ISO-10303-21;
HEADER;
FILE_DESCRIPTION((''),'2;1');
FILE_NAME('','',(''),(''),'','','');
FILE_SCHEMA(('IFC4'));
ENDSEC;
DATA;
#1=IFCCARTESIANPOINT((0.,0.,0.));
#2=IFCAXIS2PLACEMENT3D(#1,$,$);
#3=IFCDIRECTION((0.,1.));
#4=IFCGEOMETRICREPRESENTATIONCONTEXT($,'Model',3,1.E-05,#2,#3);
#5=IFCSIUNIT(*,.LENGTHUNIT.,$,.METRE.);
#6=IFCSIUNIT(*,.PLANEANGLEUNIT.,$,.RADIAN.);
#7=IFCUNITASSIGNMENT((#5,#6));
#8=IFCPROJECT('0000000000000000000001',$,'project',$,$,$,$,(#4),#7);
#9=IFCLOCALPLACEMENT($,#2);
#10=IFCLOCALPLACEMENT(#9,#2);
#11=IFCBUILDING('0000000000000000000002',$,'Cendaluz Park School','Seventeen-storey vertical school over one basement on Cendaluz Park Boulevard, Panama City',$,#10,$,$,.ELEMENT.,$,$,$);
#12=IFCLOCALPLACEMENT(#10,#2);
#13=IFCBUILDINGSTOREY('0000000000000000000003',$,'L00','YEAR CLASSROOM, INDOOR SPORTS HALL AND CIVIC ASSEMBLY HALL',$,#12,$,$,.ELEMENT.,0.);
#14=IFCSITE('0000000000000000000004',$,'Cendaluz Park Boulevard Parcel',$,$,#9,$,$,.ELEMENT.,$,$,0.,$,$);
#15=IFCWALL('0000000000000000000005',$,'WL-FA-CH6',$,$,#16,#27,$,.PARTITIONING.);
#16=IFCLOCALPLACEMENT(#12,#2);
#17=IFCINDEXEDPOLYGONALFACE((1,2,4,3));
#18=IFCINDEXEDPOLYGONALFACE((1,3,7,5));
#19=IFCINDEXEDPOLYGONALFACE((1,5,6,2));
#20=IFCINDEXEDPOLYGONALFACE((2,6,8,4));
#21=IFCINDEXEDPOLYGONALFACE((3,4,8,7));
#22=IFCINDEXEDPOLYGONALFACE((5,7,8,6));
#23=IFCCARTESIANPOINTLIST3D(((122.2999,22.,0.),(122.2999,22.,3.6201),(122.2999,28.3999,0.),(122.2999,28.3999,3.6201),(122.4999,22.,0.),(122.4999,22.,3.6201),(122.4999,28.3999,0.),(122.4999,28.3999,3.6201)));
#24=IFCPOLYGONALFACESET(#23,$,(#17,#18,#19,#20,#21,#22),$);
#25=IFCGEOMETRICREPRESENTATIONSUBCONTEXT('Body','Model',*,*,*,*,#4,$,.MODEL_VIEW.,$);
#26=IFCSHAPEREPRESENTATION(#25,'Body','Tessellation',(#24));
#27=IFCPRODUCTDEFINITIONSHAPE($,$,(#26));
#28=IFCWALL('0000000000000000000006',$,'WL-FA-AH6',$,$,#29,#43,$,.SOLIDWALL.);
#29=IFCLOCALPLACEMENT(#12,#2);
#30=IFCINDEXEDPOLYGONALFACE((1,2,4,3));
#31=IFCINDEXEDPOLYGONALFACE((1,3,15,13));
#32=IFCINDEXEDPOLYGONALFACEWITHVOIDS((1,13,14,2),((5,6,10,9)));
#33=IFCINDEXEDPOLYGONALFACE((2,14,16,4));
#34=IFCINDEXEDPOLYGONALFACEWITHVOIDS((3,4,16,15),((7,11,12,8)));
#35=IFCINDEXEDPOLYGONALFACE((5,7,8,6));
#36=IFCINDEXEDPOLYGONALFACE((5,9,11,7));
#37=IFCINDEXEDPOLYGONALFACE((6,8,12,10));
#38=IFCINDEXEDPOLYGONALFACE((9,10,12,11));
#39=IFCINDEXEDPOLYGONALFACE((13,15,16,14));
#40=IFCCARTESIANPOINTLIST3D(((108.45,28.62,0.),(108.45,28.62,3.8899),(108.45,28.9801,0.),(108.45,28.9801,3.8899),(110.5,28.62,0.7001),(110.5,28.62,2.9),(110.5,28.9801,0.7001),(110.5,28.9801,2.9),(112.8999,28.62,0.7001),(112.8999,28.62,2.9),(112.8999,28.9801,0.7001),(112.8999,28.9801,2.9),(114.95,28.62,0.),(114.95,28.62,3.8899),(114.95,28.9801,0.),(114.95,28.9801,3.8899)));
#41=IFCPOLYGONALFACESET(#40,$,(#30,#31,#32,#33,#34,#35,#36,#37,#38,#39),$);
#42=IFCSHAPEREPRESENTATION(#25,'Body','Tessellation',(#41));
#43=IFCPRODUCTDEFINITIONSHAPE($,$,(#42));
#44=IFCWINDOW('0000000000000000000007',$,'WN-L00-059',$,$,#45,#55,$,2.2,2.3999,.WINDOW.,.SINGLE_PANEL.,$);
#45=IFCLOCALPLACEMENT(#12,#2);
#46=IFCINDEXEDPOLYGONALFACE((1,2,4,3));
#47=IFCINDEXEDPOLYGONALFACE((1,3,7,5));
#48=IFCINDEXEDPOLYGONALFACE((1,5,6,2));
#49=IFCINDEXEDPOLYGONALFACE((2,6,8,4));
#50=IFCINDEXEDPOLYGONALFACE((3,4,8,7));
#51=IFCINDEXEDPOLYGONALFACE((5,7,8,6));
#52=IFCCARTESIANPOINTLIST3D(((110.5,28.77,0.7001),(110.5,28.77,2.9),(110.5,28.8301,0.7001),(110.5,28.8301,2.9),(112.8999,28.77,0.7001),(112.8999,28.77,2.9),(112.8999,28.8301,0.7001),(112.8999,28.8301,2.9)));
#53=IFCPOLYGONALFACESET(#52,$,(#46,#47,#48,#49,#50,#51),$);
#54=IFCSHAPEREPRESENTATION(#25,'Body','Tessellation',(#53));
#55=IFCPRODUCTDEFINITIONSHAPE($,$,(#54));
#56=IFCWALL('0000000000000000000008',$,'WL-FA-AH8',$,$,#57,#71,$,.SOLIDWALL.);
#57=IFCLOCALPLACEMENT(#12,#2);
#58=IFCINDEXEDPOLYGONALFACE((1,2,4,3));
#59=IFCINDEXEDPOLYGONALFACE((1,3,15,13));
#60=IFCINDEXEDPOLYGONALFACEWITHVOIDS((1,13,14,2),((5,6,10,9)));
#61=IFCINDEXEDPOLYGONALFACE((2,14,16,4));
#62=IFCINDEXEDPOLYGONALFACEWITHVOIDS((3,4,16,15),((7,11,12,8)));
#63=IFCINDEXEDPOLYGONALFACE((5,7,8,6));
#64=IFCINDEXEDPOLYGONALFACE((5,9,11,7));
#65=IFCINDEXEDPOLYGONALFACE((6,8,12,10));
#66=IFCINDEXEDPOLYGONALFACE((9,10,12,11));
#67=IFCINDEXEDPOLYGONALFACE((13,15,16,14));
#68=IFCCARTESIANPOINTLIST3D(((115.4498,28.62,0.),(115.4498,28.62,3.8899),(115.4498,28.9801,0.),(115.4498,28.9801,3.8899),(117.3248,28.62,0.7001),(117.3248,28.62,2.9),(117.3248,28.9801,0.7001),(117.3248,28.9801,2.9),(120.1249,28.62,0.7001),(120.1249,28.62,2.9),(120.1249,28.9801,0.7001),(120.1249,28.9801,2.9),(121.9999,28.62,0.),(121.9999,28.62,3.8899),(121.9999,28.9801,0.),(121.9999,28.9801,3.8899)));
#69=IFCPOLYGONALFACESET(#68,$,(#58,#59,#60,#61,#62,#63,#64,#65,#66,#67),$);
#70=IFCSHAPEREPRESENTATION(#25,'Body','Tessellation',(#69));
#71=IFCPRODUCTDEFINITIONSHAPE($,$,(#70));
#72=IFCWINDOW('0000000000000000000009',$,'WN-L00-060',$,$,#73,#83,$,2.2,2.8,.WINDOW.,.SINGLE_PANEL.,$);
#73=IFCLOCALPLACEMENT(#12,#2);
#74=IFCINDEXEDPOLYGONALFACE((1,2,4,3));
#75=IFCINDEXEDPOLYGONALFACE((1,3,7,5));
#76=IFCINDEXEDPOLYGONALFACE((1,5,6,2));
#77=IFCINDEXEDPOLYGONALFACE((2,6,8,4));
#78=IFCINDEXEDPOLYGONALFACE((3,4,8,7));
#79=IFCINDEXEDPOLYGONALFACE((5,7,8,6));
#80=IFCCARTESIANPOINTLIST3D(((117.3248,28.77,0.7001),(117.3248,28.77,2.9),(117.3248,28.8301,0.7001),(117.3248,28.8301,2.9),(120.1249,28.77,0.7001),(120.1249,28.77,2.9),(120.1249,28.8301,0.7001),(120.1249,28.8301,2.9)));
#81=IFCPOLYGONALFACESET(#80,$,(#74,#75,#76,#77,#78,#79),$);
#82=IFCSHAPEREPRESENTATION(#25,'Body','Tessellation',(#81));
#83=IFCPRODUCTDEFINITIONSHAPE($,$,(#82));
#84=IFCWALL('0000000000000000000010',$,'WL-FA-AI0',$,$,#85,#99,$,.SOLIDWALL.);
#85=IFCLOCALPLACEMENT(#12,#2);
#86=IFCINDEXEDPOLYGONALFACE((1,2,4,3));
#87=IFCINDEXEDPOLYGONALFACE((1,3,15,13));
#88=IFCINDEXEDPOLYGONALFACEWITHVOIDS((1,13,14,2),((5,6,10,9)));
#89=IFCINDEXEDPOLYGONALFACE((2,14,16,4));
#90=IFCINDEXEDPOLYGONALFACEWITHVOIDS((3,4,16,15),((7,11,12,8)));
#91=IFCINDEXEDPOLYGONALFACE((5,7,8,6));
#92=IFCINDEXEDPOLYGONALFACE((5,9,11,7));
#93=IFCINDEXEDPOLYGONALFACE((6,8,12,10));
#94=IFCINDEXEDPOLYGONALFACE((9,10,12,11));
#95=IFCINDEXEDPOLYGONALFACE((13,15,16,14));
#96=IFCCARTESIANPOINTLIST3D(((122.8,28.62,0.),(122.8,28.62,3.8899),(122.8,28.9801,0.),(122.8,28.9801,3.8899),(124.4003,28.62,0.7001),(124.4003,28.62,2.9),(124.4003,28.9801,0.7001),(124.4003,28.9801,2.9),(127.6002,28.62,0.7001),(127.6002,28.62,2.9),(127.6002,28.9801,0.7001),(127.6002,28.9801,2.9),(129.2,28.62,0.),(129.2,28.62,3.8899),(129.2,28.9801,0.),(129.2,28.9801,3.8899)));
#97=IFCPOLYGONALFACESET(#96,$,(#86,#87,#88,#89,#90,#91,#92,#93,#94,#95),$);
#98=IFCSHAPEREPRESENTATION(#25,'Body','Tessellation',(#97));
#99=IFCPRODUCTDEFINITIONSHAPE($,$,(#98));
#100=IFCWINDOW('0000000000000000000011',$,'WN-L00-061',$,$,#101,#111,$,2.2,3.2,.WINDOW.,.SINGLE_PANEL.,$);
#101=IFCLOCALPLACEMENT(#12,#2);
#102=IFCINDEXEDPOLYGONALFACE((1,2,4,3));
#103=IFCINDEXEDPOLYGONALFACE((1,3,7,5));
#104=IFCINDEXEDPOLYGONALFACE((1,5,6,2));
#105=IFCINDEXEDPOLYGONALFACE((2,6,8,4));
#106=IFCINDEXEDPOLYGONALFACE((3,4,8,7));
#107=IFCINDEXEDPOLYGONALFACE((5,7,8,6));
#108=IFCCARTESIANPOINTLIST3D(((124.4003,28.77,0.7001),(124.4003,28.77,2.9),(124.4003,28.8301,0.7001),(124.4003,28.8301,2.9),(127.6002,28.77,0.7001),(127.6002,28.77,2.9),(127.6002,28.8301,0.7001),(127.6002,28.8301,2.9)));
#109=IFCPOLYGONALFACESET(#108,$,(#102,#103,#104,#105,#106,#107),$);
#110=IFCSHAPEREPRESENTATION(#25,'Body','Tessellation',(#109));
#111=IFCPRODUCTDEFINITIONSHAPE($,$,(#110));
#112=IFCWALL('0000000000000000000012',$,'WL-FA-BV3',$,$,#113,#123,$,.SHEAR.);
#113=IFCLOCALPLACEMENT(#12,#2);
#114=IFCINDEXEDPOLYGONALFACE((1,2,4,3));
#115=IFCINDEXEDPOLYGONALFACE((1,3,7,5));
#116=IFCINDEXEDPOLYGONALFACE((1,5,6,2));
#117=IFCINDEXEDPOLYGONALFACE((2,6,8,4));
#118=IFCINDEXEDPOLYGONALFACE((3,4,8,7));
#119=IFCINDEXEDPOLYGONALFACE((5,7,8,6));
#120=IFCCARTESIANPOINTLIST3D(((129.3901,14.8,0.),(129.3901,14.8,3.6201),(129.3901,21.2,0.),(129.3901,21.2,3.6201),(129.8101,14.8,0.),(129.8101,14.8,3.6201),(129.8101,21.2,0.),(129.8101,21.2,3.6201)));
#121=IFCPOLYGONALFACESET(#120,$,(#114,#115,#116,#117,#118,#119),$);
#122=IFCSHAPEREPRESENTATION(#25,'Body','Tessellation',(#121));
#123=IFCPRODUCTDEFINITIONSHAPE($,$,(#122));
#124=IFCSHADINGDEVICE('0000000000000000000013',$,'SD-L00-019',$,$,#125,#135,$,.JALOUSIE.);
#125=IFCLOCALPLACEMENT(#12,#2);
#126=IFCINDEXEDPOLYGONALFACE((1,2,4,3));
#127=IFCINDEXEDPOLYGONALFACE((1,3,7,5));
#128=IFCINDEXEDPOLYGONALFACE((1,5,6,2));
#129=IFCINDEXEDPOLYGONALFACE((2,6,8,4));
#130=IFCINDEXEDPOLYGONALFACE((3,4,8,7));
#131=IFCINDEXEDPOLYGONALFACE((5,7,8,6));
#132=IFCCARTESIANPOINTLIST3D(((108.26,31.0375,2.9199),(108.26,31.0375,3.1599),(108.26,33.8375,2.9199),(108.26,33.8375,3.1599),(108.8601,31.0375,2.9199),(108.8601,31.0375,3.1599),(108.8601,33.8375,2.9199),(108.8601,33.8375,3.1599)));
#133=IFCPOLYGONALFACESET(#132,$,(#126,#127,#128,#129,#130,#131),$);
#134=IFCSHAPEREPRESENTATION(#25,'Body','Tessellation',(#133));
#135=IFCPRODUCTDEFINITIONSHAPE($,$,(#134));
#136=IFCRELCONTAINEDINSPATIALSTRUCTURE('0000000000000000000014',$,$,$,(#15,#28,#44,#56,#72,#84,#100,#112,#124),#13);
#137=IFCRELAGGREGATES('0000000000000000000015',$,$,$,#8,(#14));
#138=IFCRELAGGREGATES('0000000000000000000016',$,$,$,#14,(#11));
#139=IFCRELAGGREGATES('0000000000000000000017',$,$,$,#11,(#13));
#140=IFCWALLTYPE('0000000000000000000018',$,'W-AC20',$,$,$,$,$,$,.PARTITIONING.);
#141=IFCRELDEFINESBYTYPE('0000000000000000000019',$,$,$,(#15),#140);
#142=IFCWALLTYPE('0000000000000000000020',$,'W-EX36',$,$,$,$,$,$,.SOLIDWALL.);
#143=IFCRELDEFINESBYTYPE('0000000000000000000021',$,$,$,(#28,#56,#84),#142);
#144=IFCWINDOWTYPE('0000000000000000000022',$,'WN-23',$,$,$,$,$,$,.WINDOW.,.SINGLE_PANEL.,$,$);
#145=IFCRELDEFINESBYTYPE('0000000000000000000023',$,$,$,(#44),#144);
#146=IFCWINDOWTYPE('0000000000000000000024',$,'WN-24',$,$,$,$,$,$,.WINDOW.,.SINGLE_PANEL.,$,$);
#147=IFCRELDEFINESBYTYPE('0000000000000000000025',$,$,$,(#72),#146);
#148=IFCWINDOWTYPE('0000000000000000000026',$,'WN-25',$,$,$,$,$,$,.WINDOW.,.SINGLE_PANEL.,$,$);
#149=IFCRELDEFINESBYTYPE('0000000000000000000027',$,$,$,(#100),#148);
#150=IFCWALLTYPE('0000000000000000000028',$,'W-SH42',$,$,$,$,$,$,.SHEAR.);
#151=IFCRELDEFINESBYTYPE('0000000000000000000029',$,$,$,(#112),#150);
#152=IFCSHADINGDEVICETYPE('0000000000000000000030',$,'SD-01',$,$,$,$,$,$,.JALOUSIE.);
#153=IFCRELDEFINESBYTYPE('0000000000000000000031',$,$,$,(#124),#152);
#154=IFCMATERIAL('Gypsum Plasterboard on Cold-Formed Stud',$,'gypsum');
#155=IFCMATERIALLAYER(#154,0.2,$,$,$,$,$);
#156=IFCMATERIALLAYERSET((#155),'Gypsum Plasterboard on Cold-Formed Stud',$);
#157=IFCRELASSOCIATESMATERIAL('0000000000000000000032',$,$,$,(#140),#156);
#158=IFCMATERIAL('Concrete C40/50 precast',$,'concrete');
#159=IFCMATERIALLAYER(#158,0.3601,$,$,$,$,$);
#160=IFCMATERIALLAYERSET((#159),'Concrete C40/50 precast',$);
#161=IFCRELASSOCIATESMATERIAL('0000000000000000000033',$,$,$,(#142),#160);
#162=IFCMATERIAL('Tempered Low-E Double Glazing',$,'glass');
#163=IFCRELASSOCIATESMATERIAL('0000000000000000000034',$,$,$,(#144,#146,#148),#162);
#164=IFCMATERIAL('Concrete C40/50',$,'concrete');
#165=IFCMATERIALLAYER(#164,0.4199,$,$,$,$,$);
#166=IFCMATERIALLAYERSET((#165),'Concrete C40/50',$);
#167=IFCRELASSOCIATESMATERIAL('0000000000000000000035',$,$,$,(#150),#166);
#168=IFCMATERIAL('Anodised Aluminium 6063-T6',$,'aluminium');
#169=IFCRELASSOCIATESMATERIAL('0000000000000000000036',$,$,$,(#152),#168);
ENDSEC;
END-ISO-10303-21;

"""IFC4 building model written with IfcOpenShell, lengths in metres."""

from ifc_helpers import new_model, si_unit, direction, frame, frame_2d, origin, origin_2d, place, context, subcontext, project, spatial, rectangle, extrude, material, layer, layer_set, type_object, element, fill, save


model = new_model("IFC4")

# Units and contexts
model_context = context("Model", 3, precision=1e-05, world=origin(), true_north=direction((0.0, 1.0)))
body_context = subcontext(model_context, "Body", "Model", "MODEL_VIEW")
ifc_project = project(units=[si_unit("LENGTHUNIT", "METRE"), si_unit("PLANEANGLEUNIT", "RADIAN")], contexts=[model_context])

# Site, building, storey
site_placement = place(None, origin())
site = spatial("IfcSite", under=ifc_project, at=site_placement, Name="Cendaluz Park Boulevard Parcel", CompositionType="ELEMENT", RefElevation=0.0)
building_placement = place(site_placement, origin())
building = spatial("IfcBuilding", under=site, at=building_placement, Name="Cendaluz Park School", Description="Seventeen-storey vertical school over one basement on Cendaluz Park Boulevard, Panama City", CompositionType="ELEMENT")
storey_placement = place(building_placement, origin())
storey = spatial("IfcBuildingStorey", under=building, at=storey_placement, Name="L00", Description="YEAR CLASSROOM, INDOOR SPORTS HALL AND CIVIC ASSEMBLY HALL", CompositionType="ELEMENT", Elevation=0.0)

# Shared definitions
ifc_material_1 = material(Name="Concrete C40/50", Category="concrete")

# Wall
ifc_material_2 = material(Name="Gypsum Plasterboard on Cold-Formed Stud", Category="gypsum")
ifc_layer_1 = layer(ifc_material_2, 0.2)
ifc_layer_set_1 = layer_set([ifc_layer_1], Name="Gypsum Plasterboard on Cold-Formed Stud")
wall_type_1 = type_object("IfcWallType", Name="W-AC20", PredefinedType="PARTITIONING", material=ifc_layer_set_1)
for number, where, z_axis, x_axis, name in (
    (1, (122.3999, 22.0, 0.0), (0.0, 0.0, 1.0), (0.0, 1.0, 0.0), "WL-FA-CH6"),
):
    element("IfcWall", number, at=place(storey_placement, frame(where, z_axis=z_axis, x_axis=x_axis)), inside=storey, type_object=wall_type_1, Name=name, PredefinedType="PARTITIONING", context=body_context, shape_type="SweptSolid", body=[
        extrude(rectangle(XDim=6.3999, YDim=0.2, at=frame_2d((3.2, 0.0))), origin(), (0.0, 0.0, 1.0), 3.6201),
    ])

# Walls, openings, windows
ifc_material_3 = material(Name="Concrete C40/50 precast", Category="concrete")
ifc_layer_2 = layer(ifc_material_3, 0.3601)
ifc_layer_set_2 = layer_set([ifc_layer_2], Name="Concrete C40/50 precast")
wall_type_2 = type_object("IfcWallType", Name="W-EX36", PredefinedType="SOLIDWALL", material=ifc_layer_set_2)
wall_1_placement = place(storey_placement, frame((108.45, 28.8, 0.0), z_axis=(0.0, 0.0, 1.0), x_axis=(1.0, 0.0, 0.0)))
wall_1 = element("IfcWall", 2, at=wall_1_placement, inside=storey, type_object=wall_type_2, Name="WL-FA-AH6", PredefinedType="SOLIDWALL", context=body_context, shape_type="SweptSolid", body=[
    extrude(rectangle(XDim=6.5, YDim=0.3601, at=frame_2d((3.25, 0.0))), origin(), (0.0, 0.0, 1.0), 3.8899),
])
opening_1_placement = place(wall_1_placement, frame((2.05, 0.0, 0.7)))
opening_1 = element("IfcOpeningElement", 3, at=opening_1_placement, cuts=wall_1, PredefinedType="OPENING", context=body_context, shape_type="SweptSolid", body=[
    extrude(rectangle(XDim=2.3999, YDim=2.2, at=frame_2d((1.2, 1.1001))), frame((0.0, 0.1921, 0.0), z_axis=(0.0, -1.0, 0.0), x_axis=(1.0, 0.0, 0.0)), (0.0, 0.0, 1.0), 0.384),
])
ifc_material_4 = material(Name="Tempered Low-E Double Glazing", Category="glass")
window_type_1 = type_object("IfcWindowType", Name="WN-23", PartitioningType="SINGLE_PANEL", PredefinedType="WINDOW", material=ifc_material_4)
window_1_placement = place(opening_1_placement, origin())
window_1 = element("IfcWindow", 4, at=window_1_placement, inside=storey, type_object=window_type_1, Name="WN-L00-059", OverallHeight=2.2, OverallWidth=2.3999, PartitioningType="SINGLE_PANEL", PredefinedType="WINDOW", context=body_context, shape_type="SweptSolid", body=[
    extrude(rectangle(XDim=2.3999, YDim=2.2, at=frame_2d((1.2, 1.1001))), frame((0.0, 0.03, 0.0), z_axis=(0.0, -1.0, 0.0), x_axis=(1.0, 0.0, 0.0)), (0.0, 0.0, 1.0), 0.0601),
])
fill(opening_1, window_1)
wall_2_placement = place(storey_placement, frame((115.45, 28.8, 0.0), z_axis=(0.0, 0.0, 1.0), x_axis=(1.0, 0.0, 0.0)))
wall_2 = element("IfcWall", 5, at=wall_2_placement, inside=storey, type_object=wall_type_2, Name="WL-FA-AH8", PredefinedType="SOLIDWALL", context=body_context, shape_type="SweptSolid", body=[
    extrude(rectangle(XDim=6.55, YDim=0.3601, at=frame_2d((3.2749, 0.0))), origin(), (0.0, 0.0, 1.0), 3.8899),
])
opening_2_placement = place(wall_2_placement, frame((1.875, 0.0, 0.7)))
opening_2 = element("IfcOpeningElement", 6, at=opening_2_placement, cuts=wall_2, PredefinedType="OPENING", context=body_context, shape_type="SweptSolid", body=[
    extrude(rectangle(XDim=2.8, YDim=2.2, at=frame_2d((1.3999, 1.1001))), frame((0.0, 0.1921, 0.0), z_axis=(0.0, -1.0, 0.0), x_axis=(1.0, 0.0, 0.0)), (0.0, 0.0, 1.0), 0.384),
])
window_type_2 = type_object("IfcWindowType", Name="WN-24", PartitioningType="SINGLE_PANEL", PredefinedType="WINDOW", material=ifc_material_4)
window_2_placement = place(opening_2_placement, origin())
window_2 = element("IfcWindow", 7, at=window_2_placement, inside=storey, type_object=window_type_2, Name="WN-L00-060", OverallHeight=2.2, OverallWidth=2.8, PartitioningType="SINGLE_PANEL", PredefinedType="WINDOW", context=body_context, shape_type="SweptSolid", body=[
    extrude(rectangle(XDim=2.8, YDim=2.2, at=frame_2d((1.3999, 1.1001))), frame((0.0, 0.03, 0.0), z_axis=(0.0, -1.0, 0.0), x_axis=(1.0, 0.0, 0.0)), (0.0, 0.0, 1.0), 0.0601),
])
fill(opening_2, window_2)
wall_3_placement = place(storey_placement, frame((122.8, 28.8, 0.0), z_axis=(0.0, 0.0, 1.0), x_axis=(1.0, 0.0, 0.0)))
wall_3 = element("IfcWall", 8, at=wall_3_placement, inside=storey, type_object=wall_type_2, Name="WL-FA-AI0", PredefinedType="SOLIDWALL", context=body_context, shape_type="SweptSolid", body=[
    extrude(rectangle(XDim=6.3999, YDim=0.3601, at=frame_2d((3.2, 0.0))), origin(), (0.0, 0.0, 1.0), 3.8899),
])
opening_3_placement = place(wall_3_placement, frame((1.6001, 0.0, 0.7)))
opening_3 = element("IfcOpeningElement", 9, at=opening_3_placement, cuts=wall_3, PredefinedType="OPENING", context=body_context, shape_type="SweptSolid", body=[
    extrude(rectangle(XDim=3.2, YDim=2.2, at=frame_2d((1.6001, 1.1001))), frame((0.0, 0.1921, 0.0), z_axis=(0.0, -1.0, 0.0), x_axis=(1.0, 0.0, 0.0)), (0.0, 0.0, 1.0), 0.384),
])
window_type_3 = type_object("IfcWindowType", Name="WN-25", PartitioningType="SINGLE_PANEL", PredefinedType="WINDOW", material=ifc_material_4)
window_3_placement = place(opening_3_placement, origin())
window_3 = element("IfcWindow", 10, at=window_3_placement, inside=storey, type_object=window_type_3, Name="WN-L00-061", OverallHeight=2.2, OverallWidth=3.2, PartitioningType="SINGLE_PANEL", PredefinedType="WINDOW", context=body_context, shape_type="SweptSolid", body=[
    extrude(rectangle(XDim=3.2, YDim=2.2, at=frame_2d((1.6001, 1.1001))), frame((0.0, 0.03, 0.0), z_axis=(0.0, -1.0, 0.0), x_axis=(1.0, 0.0, 0.0)), (0.0, 0.0, 1.0), 0.0601),
])
fill(opening_3, window_3)

# Wall
ifc_layer_3 = layer(ifc_material_1, 0.4199)
ifc_layer_set_3 = layer_set([ifc_layer_3], Name="Concrete C40/50")
wall_type_3 = type_object("IfcWallType", Name="W-SH42", PredefinedType="SHEAR", material=ifc_layer_set_3)
wall_4_placement = place(storey_placement, frame((129.6001, 14.8, 0.0), z_axis=(0.0, 0.0, 1.0), x_axis=(0.0, 1.0, 0.0)))
element("IfcWall", 11, at=wall_4_placement, inside=storey, type_object=wall_type_3, Name="WL-FA-BV3", PredefinedType="SHEAR", context=body_context, shape_type="SweptSolid", body=[
    extrude(rectangle(XDim=6.3999, YDim=0.4199, at=frame_2d((3.2, 0.0))), origin(), (0.0, 0.0, 1.0), 3.6201),
])

# Shading device
ifc_material_5 = material(Name="Anodised Aluminium 6063-T6", Category="aluminium")
shading_device_type = type_object("IfcShadingDeviceType", Name="SD-01", PredefinedType="JALOUSIE", material=ifc_material_5)
shading_device_placement = place(storey_placement, frame((108.5601, 32.4375, 2.9199), z_axis=(0.0, 0.0, 1.0), x_axis=(0.0, 1.0, 0.0)))
element("IfcShadingDevice", 12, at=shading_device_placement, inside=storey, type_object=shading_device_type, Name="SD-L00-019", PredefinedType="JALOUSIE", context=body_context, shape_type="SweptSolid", body=[
    extrude(rectangle(XDim=2.8, YDim=0.6001, at=origin_2d()), origin(), (0.0, 0.0, 1.0), 0.24),
])

save(model, "model.ifc")
